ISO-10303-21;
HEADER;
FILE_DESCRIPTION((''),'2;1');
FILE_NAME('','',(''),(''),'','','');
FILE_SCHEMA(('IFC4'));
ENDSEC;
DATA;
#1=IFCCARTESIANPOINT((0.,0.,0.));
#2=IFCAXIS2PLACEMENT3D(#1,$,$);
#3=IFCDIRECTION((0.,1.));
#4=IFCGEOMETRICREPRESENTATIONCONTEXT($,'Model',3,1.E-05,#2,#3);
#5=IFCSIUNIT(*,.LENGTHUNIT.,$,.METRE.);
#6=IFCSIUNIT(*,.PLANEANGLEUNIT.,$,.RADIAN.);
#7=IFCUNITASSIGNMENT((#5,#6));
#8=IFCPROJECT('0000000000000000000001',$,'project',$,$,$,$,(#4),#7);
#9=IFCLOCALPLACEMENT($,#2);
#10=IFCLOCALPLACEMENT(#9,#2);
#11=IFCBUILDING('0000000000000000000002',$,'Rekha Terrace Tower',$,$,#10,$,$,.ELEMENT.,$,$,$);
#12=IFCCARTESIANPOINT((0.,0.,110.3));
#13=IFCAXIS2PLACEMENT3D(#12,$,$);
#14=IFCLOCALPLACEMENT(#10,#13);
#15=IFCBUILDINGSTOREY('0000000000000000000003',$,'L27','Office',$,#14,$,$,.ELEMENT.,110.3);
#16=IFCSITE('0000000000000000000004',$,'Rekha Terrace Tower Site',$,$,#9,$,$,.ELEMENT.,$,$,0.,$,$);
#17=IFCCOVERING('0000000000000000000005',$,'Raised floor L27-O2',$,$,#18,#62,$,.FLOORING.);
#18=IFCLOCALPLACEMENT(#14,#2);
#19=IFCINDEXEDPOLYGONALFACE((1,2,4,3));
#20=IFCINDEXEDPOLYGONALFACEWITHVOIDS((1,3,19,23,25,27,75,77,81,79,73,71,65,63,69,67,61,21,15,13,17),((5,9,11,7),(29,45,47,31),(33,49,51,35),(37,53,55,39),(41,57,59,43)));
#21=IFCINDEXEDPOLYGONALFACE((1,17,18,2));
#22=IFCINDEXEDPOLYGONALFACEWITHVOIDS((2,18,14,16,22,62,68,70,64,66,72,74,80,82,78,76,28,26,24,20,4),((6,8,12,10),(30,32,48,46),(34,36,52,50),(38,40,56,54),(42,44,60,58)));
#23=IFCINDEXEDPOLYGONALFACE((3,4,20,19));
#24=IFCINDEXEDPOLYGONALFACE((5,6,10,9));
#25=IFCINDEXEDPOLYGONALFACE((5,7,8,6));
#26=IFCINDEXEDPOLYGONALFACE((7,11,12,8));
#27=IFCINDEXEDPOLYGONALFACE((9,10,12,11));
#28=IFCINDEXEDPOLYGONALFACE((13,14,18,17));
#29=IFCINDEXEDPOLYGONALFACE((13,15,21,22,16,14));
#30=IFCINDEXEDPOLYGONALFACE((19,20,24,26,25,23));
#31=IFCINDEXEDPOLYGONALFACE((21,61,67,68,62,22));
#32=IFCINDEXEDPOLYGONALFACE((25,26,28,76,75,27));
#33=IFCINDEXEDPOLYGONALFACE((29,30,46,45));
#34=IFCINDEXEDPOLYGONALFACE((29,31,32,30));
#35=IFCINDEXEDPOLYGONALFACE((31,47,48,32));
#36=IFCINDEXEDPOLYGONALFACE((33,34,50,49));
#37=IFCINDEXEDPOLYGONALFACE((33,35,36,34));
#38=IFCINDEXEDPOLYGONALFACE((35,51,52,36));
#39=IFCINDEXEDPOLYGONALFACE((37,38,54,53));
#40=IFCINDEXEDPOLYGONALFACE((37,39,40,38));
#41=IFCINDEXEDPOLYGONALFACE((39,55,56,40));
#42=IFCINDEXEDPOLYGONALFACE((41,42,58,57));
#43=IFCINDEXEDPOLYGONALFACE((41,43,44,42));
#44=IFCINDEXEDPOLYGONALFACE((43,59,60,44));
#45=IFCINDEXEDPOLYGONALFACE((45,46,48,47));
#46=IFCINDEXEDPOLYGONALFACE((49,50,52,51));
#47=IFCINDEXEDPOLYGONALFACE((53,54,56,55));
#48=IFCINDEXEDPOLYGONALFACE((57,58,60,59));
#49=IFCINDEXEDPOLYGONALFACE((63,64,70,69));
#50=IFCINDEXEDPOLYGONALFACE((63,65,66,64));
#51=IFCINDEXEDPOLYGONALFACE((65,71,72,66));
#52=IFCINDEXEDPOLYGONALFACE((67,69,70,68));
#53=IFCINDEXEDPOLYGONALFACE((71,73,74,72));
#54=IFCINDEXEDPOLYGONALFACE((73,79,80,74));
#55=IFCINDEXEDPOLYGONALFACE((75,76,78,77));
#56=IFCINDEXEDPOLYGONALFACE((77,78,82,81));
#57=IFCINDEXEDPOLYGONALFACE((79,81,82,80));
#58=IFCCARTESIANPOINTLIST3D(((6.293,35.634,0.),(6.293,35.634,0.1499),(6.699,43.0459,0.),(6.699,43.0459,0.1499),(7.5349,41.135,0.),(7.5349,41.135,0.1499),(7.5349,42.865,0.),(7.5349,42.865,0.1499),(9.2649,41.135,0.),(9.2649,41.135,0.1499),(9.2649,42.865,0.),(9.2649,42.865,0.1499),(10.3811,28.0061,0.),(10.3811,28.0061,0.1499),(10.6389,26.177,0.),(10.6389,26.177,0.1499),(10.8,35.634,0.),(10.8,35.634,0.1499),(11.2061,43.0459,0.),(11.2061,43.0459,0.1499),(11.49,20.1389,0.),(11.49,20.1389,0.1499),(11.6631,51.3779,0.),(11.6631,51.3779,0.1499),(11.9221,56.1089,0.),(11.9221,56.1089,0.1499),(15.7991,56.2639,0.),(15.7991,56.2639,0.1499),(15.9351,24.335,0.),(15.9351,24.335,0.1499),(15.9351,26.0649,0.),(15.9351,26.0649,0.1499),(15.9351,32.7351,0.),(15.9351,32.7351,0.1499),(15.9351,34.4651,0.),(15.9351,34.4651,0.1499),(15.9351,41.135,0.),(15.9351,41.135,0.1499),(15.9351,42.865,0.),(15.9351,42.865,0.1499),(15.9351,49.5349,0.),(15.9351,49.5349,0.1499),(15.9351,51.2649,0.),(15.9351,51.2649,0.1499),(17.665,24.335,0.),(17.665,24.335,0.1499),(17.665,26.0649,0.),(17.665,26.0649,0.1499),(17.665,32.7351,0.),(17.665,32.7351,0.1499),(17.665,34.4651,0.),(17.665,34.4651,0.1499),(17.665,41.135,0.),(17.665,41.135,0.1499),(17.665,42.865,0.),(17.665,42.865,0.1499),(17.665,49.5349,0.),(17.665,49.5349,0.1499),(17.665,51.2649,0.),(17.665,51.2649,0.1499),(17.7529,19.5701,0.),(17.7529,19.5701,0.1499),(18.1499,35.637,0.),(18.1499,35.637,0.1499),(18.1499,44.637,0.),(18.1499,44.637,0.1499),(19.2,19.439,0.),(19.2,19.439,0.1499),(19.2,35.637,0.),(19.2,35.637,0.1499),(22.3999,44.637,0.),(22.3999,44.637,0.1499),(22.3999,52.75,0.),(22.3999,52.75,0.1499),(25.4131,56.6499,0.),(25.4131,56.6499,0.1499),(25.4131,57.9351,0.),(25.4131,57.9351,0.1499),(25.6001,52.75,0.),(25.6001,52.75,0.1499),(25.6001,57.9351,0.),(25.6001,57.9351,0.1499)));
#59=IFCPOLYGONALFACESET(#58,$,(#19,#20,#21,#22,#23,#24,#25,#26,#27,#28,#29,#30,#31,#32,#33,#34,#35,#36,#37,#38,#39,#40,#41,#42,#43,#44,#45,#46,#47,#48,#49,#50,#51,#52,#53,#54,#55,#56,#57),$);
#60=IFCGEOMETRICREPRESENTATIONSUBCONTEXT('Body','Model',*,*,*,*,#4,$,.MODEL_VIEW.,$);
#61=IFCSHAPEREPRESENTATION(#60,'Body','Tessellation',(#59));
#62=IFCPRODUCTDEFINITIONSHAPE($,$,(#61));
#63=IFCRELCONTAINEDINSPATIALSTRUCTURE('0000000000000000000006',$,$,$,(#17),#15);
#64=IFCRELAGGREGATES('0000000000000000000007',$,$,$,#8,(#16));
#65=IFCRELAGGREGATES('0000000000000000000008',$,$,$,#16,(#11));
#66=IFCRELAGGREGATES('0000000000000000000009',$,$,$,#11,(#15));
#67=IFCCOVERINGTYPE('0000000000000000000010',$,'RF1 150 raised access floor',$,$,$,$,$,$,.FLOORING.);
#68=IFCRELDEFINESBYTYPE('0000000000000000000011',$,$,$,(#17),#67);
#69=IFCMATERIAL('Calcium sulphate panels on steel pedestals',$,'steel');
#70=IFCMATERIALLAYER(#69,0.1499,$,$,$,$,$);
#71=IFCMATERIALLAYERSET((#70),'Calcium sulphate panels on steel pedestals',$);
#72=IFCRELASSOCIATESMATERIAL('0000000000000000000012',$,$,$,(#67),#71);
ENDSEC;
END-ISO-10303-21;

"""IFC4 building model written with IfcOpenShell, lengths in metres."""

from ifc_helpers import new_model, si_unit, direction, frame, origin, place, context, subcontext, project, spatial, polyline, outline, extrude, material, layer, layer_set, type_object, element, save


model = new_model("IFC4")

# Units and contexts
model_context = context("Model", 3, precision=1e-05, world=origin(), true_north=direction((0.0, 1.0)))
body_context = subcontext(model_context, "Body", "Model", "MODEL_VIEW")
ifc_project = project(units=[si_unit("LENGTHUNIT", "METRE"), si_unit("PLANEANGLEUNIT", "RADIAN")], contexts=[model_context])

# Site, building, storey
site_placement = place(None, origin())
site = spatial("IfcSite", under=ifc_project, at=site_placement, Name="Rekha Terrace Tower Site", CompositionType="ELEMENT", RefElevation=0.0)
building_placement = place(site_placement, origin())
building = spatial("IfcBuilding", under=site, at=building_placement, Name="Rekha Terrace Tower", CompositionType="ELEMENT")
storey_placement = place(building_placement, frame((0.0, 0.0, 110.3)))
storey = spatial("IfcBuildingStorey", under=building, at=storey_placement, Name="L27", Description="Office", CompositionType="ELEMENT", Elevation=110.3)

# Covering
ifc_material_1 = material(Name="Calcium sulphate panels on steel pedestals", Category="steel")
ifc_layer_1 = layer(ifc_material_1, 0.1499)
ifc_layer_set_1 = layer_set([ifc_layer_1], Name="Calcium sulphate panels on steel pedestals")
covering_type_1 = type_object("IfcCoveringType", Name="RF1 150 raised access floor", PredefinedType="FLOORING", material=ifc_layer_set_1)
covering_1_placement = place(storey_placement, origin())
element("IfcCovering", 1, at=covering_1_placement, inside=storey, type_object=covering_type_1, Name="Raised floor L27-O2", PredefinedType="FLOORING", context=body_context, shape_type="SweptSolid", body=[
    extrude(outline(polyline([(10.3811, 28.0061), (10.6389, 26.177), (11.49, 20.1389), (17.7529, 19.5701), (19.2, 19.439), (19.2, 35.637), (18.1499, 35.637), (18.1499, 44.637), (22.3999, 44.637), (22.3999, 52.75), (25.6001, 52.75), (25.6001, 57.9351), (25.4131, 57.9351), (25.4131, 56.6499), (15.7991, 56.2639), (11.9221, 56.1089), (11.6631, 51.3779), (11.2061, 43.0459), (6.699, 43.0459), (6.293, 35.634), (10.8, 35.634), (10.3811, 28.0061)]), holes=[polyline([(17.665, 26.0649), (17.665, 24.335), (15.9351, 24.335), (15.9351, 26.0649), (17.665, 26.0649)]), polyline([(17.665, 34.4651), (17.665, 32.7351), (15.9351, 32.7351), (15.9351, 34.4651), (17.665, 34.4651)]), polyline([(17.665, 41.135), (15.9351, 41.135), (15.9351, 42.865), (17.665, 42.865), (17.665, 41.135)]), polyline([(17.665, 49.5349), (15.9351, 49.5349), (15.9351, 51.2649), (17.665, 51.2649), (17.665, 49.5349)]), polyline([(9.2649, 41.135), (7.5349, 41.135), (7.5349, 42.865), (9.2649, 42.865), (9.2649, 41.135)])]), origin(), (0.0, 0.0, 1.0), 0.1499),
])

save(model, "model.ifc")
